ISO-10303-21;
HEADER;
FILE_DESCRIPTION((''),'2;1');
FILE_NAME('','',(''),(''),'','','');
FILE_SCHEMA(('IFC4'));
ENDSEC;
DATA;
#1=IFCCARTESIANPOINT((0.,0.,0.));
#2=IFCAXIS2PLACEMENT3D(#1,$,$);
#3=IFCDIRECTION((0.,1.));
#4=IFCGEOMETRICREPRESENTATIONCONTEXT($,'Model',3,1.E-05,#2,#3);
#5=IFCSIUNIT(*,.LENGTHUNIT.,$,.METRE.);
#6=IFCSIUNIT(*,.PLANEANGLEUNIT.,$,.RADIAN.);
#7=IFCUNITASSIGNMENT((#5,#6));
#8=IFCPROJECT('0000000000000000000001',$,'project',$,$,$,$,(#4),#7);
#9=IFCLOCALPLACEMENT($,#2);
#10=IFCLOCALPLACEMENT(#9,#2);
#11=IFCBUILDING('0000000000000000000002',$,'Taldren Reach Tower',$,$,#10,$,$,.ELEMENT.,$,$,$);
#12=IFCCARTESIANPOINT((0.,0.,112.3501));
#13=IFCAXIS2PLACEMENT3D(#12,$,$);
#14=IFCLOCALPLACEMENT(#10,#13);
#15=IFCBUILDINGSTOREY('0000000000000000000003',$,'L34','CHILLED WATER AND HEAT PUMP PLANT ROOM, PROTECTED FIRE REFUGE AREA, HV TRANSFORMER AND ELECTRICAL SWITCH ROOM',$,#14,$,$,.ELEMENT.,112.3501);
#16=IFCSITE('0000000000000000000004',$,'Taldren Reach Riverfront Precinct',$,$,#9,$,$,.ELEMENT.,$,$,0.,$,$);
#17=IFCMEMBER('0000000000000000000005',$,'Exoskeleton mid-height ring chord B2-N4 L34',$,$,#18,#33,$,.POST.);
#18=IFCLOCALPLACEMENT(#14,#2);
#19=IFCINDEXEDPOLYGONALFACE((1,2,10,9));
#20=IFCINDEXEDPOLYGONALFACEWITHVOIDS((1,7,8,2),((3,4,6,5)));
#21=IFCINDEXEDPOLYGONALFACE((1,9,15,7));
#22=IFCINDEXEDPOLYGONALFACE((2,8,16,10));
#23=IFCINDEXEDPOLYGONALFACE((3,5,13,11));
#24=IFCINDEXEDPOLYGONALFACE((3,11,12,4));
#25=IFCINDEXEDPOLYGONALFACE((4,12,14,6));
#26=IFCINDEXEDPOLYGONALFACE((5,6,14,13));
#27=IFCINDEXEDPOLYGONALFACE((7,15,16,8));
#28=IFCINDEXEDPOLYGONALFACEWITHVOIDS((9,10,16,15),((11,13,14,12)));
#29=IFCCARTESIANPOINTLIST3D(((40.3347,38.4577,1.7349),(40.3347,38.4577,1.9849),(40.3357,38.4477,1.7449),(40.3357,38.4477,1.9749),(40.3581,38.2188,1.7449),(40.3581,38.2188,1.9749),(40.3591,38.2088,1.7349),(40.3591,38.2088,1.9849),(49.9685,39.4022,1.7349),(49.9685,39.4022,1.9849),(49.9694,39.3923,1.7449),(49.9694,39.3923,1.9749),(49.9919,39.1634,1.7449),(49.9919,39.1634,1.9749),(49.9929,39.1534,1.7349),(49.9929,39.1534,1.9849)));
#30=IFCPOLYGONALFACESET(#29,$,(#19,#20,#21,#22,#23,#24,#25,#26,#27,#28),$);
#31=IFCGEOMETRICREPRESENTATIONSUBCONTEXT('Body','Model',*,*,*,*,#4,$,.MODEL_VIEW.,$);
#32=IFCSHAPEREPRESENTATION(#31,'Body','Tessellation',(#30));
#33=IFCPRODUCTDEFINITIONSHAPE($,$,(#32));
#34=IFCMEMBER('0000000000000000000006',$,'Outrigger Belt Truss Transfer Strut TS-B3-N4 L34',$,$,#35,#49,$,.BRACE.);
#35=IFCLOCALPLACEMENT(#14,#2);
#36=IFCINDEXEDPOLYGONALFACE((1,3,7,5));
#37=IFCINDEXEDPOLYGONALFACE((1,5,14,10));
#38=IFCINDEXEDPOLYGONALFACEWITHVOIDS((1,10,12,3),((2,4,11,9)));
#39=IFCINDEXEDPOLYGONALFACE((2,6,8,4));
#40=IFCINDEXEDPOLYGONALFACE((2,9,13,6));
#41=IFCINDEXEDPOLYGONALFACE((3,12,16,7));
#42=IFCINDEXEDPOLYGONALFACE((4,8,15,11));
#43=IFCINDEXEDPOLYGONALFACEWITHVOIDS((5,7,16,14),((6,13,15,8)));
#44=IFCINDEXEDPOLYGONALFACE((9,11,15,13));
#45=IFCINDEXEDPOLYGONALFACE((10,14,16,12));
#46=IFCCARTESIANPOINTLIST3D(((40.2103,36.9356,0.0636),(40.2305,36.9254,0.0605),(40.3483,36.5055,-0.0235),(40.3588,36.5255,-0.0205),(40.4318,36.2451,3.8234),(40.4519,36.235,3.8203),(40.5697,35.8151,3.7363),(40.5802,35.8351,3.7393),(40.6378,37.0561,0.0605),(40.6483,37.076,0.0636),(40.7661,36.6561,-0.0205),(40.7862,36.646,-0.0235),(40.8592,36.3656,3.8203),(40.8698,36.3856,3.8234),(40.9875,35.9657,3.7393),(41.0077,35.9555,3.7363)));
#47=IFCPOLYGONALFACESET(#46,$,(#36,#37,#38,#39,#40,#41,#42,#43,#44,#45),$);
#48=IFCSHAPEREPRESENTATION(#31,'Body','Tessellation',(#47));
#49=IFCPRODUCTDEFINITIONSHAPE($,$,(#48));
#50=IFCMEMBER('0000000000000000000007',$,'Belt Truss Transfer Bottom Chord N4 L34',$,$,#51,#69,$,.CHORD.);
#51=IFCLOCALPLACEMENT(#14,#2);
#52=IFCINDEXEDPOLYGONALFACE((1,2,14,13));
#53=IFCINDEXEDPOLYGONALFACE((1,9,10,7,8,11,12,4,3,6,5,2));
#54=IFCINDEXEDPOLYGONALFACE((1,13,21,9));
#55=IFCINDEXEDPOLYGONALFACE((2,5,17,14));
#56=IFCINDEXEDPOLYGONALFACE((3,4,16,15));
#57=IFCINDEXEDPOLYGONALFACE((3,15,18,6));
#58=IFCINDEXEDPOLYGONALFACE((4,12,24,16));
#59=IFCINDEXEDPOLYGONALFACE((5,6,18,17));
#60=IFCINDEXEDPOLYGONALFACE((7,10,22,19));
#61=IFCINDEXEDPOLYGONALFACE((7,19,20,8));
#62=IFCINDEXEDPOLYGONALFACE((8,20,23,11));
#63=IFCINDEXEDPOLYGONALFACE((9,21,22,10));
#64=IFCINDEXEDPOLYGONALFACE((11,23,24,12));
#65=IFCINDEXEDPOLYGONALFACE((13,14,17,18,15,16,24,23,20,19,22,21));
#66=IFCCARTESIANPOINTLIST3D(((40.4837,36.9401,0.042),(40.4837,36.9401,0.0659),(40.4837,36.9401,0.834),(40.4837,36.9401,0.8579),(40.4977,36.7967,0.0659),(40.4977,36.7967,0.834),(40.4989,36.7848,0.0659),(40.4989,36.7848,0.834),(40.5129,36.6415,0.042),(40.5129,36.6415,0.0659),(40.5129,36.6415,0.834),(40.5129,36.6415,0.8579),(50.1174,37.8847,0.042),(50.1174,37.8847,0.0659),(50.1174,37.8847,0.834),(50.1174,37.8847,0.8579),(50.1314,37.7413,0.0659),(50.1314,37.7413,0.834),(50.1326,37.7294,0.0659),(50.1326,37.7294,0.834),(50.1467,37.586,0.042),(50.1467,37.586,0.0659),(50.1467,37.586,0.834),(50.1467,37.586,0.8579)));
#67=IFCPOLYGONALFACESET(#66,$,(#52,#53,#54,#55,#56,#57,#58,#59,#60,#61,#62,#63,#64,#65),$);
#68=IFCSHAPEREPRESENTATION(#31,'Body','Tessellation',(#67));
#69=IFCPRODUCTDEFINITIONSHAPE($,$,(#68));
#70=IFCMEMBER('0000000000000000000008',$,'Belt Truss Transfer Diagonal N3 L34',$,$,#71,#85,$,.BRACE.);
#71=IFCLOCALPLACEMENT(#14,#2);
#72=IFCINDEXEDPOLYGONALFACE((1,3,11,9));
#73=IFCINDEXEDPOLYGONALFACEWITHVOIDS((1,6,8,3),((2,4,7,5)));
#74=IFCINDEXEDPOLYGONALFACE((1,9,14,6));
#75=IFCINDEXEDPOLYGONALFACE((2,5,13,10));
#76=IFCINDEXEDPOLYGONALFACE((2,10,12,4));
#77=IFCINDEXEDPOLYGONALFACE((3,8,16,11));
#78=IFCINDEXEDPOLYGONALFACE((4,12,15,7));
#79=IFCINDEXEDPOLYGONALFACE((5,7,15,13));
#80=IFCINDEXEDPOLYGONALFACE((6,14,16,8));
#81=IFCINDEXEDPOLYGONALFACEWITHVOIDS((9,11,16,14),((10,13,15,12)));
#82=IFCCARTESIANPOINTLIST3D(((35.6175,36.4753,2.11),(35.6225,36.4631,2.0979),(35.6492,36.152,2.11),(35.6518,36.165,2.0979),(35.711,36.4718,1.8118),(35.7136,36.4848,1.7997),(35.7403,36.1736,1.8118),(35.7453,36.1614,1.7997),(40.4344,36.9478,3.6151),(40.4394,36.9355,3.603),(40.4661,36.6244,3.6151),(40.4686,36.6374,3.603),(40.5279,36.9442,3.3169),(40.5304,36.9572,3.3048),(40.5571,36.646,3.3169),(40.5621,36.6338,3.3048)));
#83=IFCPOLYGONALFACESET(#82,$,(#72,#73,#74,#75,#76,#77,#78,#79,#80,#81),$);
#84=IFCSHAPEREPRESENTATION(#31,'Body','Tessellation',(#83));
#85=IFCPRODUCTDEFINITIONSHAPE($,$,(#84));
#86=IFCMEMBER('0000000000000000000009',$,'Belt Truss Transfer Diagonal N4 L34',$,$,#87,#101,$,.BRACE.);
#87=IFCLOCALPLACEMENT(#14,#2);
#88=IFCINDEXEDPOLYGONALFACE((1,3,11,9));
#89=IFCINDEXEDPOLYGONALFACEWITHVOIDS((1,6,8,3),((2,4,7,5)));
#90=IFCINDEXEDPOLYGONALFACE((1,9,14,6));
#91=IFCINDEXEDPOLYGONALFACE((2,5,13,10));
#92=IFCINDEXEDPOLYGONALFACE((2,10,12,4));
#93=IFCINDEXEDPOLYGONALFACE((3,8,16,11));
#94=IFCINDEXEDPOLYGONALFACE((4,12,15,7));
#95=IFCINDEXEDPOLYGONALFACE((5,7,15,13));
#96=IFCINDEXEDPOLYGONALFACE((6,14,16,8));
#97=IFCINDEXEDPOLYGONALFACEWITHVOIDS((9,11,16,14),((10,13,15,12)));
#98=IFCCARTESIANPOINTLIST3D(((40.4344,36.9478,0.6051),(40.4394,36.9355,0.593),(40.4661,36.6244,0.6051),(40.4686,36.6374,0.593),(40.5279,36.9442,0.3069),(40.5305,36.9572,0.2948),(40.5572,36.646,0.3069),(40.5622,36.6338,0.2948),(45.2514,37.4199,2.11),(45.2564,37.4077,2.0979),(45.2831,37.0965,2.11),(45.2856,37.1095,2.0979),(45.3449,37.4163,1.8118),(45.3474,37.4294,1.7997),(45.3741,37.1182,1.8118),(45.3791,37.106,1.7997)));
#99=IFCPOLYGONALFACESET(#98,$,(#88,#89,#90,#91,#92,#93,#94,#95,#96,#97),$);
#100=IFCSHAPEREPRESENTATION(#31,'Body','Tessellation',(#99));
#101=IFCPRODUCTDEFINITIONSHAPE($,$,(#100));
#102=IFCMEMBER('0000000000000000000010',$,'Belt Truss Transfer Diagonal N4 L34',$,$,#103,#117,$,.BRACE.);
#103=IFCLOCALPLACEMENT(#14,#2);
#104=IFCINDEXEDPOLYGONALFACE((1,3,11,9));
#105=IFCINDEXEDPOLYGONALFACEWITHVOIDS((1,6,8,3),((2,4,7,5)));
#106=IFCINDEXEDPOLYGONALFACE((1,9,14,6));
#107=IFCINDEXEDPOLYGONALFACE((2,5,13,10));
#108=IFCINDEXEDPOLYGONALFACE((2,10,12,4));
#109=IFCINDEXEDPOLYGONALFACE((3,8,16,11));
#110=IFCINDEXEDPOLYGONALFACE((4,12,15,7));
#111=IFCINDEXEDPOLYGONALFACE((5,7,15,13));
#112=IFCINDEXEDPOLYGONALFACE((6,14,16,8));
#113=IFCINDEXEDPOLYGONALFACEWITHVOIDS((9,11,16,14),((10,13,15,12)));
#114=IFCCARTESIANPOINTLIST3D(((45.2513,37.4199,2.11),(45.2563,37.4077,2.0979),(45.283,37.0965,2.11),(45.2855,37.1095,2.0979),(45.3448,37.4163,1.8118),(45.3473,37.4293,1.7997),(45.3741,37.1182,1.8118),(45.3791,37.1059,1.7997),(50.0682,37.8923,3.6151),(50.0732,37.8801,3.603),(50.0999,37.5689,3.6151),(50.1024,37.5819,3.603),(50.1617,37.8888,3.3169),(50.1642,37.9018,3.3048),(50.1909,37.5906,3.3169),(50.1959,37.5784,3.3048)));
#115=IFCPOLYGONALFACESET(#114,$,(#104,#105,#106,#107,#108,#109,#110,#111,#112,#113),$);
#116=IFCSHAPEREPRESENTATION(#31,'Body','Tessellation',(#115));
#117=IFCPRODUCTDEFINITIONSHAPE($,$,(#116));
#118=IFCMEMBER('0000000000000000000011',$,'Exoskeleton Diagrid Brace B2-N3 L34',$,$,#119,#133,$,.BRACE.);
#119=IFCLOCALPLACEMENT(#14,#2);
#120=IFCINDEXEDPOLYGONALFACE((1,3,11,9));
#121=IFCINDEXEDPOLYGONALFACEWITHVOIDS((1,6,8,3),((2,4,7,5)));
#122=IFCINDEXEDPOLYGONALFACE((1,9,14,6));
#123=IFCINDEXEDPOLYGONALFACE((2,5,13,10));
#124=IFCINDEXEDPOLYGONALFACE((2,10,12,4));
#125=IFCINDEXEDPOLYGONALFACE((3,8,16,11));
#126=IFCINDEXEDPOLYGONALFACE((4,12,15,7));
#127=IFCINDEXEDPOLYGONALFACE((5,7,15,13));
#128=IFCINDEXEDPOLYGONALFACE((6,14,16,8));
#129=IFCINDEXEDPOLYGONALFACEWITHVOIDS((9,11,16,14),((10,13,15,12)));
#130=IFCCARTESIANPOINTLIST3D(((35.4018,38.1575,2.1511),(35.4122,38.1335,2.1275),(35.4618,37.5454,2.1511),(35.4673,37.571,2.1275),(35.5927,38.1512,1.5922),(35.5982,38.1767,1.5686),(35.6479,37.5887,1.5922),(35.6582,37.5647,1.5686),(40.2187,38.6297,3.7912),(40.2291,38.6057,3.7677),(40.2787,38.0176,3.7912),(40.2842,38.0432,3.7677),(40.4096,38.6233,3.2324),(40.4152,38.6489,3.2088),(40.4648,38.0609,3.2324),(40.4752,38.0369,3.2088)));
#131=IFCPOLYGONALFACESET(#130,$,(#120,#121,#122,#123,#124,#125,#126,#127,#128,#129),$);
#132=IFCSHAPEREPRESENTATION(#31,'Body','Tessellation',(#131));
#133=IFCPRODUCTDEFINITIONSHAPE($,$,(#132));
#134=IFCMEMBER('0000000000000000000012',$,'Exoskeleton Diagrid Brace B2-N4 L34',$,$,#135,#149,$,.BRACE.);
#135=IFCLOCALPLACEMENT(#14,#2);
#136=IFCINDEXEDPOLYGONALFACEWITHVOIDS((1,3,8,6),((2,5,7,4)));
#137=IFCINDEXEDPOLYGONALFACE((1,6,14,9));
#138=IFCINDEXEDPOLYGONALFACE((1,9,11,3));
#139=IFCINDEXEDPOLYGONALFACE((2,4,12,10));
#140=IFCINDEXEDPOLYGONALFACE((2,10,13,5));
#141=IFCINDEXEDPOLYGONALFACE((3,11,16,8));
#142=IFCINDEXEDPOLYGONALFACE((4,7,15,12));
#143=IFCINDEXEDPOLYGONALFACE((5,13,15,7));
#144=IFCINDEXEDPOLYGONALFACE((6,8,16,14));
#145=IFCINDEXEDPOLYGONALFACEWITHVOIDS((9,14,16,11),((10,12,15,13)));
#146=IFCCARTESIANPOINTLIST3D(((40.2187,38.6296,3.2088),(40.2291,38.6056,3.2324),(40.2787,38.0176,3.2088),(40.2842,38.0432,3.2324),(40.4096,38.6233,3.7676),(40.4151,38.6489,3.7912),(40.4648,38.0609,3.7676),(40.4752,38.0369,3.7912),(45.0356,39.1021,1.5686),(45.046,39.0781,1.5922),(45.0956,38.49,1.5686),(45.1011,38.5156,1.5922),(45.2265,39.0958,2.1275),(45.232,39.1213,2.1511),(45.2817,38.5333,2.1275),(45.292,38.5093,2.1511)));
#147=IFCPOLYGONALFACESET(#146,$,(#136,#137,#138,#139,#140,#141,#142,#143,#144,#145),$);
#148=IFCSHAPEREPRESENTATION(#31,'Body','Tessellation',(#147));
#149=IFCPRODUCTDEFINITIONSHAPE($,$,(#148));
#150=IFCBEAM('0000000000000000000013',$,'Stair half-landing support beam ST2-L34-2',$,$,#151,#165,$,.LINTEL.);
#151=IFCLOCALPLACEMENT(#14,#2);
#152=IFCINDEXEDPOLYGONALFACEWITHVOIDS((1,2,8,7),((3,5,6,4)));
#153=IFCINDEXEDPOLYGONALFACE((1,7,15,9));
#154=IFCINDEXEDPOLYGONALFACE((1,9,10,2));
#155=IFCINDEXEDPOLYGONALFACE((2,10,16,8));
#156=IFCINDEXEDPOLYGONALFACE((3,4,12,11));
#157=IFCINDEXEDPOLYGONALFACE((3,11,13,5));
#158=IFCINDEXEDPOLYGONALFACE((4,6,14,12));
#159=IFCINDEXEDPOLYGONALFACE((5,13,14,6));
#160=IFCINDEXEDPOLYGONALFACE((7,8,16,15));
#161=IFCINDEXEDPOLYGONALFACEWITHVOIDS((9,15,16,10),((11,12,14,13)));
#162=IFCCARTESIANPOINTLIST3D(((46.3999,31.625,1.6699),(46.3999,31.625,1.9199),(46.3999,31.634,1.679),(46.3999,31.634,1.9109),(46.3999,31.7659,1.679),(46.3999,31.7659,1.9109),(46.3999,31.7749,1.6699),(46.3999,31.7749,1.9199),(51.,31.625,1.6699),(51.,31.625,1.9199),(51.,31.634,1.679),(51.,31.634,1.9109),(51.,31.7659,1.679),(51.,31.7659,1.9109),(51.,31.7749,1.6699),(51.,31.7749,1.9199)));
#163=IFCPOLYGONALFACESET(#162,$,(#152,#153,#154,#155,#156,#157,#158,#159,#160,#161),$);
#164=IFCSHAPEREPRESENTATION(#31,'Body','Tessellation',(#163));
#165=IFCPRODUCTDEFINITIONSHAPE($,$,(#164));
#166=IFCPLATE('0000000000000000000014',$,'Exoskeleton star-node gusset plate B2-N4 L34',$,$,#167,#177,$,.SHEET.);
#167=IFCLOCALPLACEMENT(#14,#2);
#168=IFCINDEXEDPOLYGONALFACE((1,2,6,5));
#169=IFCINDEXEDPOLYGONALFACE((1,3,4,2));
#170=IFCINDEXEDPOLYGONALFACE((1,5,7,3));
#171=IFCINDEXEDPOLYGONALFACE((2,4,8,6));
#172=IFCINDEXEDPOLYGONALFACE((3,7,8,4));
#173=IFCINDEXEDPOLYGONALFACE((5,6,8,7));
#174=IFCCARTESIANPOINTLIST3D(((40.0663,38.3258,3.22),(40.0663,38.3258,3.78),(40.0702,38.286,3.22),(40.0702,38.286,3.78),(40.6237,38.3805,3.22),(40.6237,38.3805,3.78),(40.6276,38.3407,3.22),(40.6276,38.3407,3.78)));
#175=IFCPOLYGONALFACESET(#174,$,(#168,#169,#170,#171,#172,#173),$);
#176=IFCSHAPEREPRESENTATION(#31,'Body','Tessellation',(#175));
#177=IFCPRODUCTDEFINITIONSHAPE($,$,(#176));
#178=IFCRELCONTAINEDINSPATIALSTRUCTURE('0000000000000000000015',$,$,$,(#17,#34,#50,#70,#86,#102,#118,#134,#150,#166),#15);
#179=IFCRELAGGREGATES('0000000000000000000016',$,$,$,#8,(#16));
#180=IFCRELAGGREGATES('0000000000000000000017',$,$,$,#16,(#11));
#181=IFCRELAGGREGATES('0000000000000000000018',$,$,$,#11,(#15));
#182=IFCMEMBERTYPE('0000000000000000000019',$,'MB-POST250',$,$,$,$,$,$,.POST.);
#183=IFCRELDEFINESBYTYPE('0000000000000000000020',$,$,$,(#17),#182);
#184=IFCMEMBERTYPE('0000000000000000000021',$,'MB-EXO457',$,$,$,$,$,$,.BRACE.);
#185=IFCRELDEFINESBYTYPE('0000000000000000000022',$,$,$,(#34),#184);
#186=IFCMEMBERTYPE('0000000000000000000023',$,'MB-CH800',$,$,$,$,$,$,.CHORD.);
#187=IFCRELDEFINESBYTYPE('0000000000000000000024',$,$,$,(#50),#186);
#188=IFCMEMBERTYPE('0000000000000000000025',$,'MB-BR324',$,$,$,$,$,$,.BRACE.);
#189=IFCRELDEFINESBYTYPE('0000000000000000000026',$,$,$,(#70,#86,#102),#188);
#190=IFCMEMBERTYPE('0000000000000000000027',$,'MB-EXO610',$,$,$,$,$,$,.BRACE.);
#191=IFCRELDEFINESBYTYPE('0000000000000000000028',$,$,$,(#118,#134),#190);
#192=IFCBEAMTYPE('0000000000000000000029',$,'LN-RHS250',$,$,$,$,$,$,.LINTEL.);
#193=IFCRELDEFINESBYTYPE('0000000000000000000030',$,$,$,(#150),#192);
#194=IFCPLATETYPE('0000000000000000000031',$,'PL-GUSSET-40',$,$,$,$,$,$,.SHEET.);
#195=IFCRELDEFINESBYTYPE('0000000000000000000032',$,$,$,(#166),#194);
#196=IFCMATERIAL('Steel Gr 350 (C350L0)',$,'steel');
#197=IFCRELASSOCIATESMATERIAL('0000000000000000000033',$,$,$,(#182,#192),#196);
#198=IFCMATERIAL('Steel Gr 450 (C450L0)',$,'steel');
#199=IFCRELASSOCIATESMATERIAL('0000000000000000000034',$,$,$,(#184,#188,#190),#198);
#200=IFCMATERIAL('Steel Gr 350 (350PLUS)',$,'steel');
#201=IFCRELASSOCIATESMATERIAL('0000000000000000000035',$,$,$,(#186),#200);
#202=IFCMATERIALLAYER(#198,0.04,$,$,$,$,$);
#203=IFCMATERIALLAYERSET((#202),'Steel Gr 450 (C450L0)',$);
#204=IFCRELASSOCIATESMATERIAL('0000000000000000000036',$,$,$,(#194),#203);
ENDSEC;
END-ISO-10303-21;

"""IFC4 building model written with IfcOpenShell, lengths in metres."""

from ifc_helpers import new_model, si_unit, direction, frame, origin, origin_2d, place, context, subcontext, project, spatial, rectangle, hollow_rectangle, i_section, extrude, source, transform, mapped, material, layer, layer_set, material_profile, profile_set, type_object, element, save


model = new_model("IFC4")

# Units and contexts
model_context = context("Model", 3, precision=1e-05, world=origin(), true_north=direction((0.0, 1.0)))
body_context = subcontext(model_context, "Body", "Model", "MODEL_VIEW")
ifc_project = project(units=[si_unit("LENGTHUNIT", "METRE"), si_unit("PLANEANGLEUNIT", "RADIAN")], contexts=[model_context])

# Site, building, storey
site_placement = place(None, origin())
site = spatial("IfcSite", under=ifc_project, at=site_placement, Name="Taldren Reach Riverfront Precinct", CompositionType="ELEMENT", RefElevation=0.0)
building_placement = place(site_placement, origin())
building = spatial("IfcBuilding", under=site, at=building_placement, Name="Taldren Reach Tower", CompositionType="ELEMENT")
storey_placement = place(building_placement, frame((0.0, 0.0, 112.3501)))
storey = spatial("IfcBuildingStorey", under=building, at=storey_placement, Name="L34", Description="CHILLED WATER AND HEAT PUMP PLANT ROOM, PROTECTED FIRE REFUGE AREA, HV TRANSFORMER AND ELECTRICAL SWITCH ROOM", CompositionType="ELEMENT", Elevation=112.3501)

# Shared definitions
ifc_material_1 = material(Name="Steel Gr 350 (350PLUS)", Category="steel")

# Shared definitions
ifc_material_2 = material(Name="Steel Gr 450 (C450L0)", Category="steel")
ifc_material_3 = material(Name="Steel Gr 350 (C350L0)", Category="steel")
ifc_material_profile_1 = material_profile(ifc_material_3, hollow_rectangle(XDim=0.25, YDim=0.25, WallThickness=0.01, at=origin_2d()), Name="250x250x10.0SHS")
ifc_profile_set_1 = profile_set([ifc_material_profile_1], Name="Steel Gr 350 (C350L0)")
member_type_1 = type_object("IfcMemberType", Name="MB-POST250", PredefinedType="POST", material=ifc_profile_set_1)

# Members
shared_shape_1 = source(origin(), body_context, "Body", "SweptSolid", [
    extrude(hollow_rectangle(XDim=0.25, YDim=0.25, WallThickness=0.01, at=origin_2d()), origin(), (0.0, 0.0, 1.0), 9.6799),
])
for number, where, z_axis, x_axis, name in (
    (1, (40.3469, 38.3333, 1.8599), (0.995228, 0.097581, 0.0), (-0.097581, 0.995228, 0.0), "Exoskeleton mid-height ring chord B2-N4 L34"),
):
    element("IfcMember", number, at=place(storey_placement, frame(where, z_axis=z_axis, x_axis=x_axis)), inside=storey, type_object=member_type_1, Name=name, PredefinedType="POST", context=body_context, shape_type="MappedRepresentation", body=[
        mapped(shared_shape_1, transform((0.0, 0.0, 0.0), scale=1.0)),
    ])
ifc_material_profile_2 = material_profile(ifc_material_2, hollow_rectangle(XDim=0.46, YDim=0.46, WallThickness=0.0161, at=origin_2d()), Name="460x460x16.0SHS")
ifc_profile_set_2 = profile_set([ifc_material_profile_2], Name="Steel Gr 450 (C450L0)")
member_type_2 = type_object("IfcMemberType", Name="MB-EXO457", PredefinedType="BRACE", material=ifc_profile_set_2)
shared_shape_2 = source(origin(), body_context, "Body", "SweptSolid", [
    extrude(hollow_rectangle(XDim=0.46, YDim=0.46, WallThickness=0.0161, at=origin_2d()), origin(), (0.0, 0.0, 1.0), 3.8291),
])
member_1_placement = place(storey_placement, frame((40.4983, 36.7908, 0.02), z_axis=(0.057831, -0.180314, 0.981908), x_axis=(0.952225, 0.305399, 0.0)))
element("IfcMember", 2, at=member_1_placement, inside=storey, type_object=member_type_2, Name="Outrigger Belt Truss Transfer Strut TS-B3-N4 L34", PredefinedType="BRACE", context=body_context, shape_type="MappedRepresentation", body=[
    mapped(shared_shape_2, transform((0.0, 0.0, 0.0), scale=1.0)),
])
ifc_material_profile_3 = material_profile(ifc_material_1, i_section(OverallWidth=0.3, OverallDepth=0.8159, WebThickness=0.012, FlangeThickness=0.0239, at=origin_2d()), Name="800WB192")
ifc_profile_set_3 = profile_set([ifc_material_profile_3], Name="Steel Gr 350 (350PLUS)")
member_type_3 = type_object("IfcMemberType", Name="MB-CH800", PredefinedType="CHORD", material=ifc_profile_set_3)
shared_shape_3 = source(origin(), body_context, "Body", "SweptSolid", [
    extrude(i_section(OverallWidth=0.3, OverallDepth=0.8159, WebThickness=0.012, FlangeThickness=0.0239, at=origin_2d()), origin(), (0.0, 0.0, 1.0), 9.6799),
])
member_2_placement = place(storey_placement, frame((40.4983, 36.7908, 0.45), z_axis=(0.995228, 0.097581, 0.0), x_axis=(-0.097581, 0.995228, 0.0)))
element("IfcMember", 3, at=member_2_placement, inside=storey, type_object=member_type_3, Name="Belt Truss Transfer Bottom Chord N4 L34", PredefinedType="CHORD", context=body_context, shape_type="MappedRepresentation", body=[
    mapped(shared_shape_3, transform((0.0, 0.0, 0.0), scale=1.0)),
])
ifc_material_profile_4 = material_profile(ifc_material_2, hollow_rectangle(XDim=0.325, YDim=0.325, WallThickness=0.0127, at=origin_2d()), Name="325x325x12.7SHS")
ifc_profile_set_4 = profile_set([ifc_material_profile_4], Name="Steel Gr 450 (C450L0)")
member_type_4 = type_object("IfcMemberType", Name="MB-BR324", PredefinedType="BRACE", material=ifc_profile_set_4)
shared_shape_4 = source(origin(), body_context, "Body", "SweptSolid", [
    extrude(hollow_rectangle(XDim=0.325, YDim=0.325, WallThickness=0.0127, at=origin_2d()), origin(), (0.0, 0.0, 1.0), 5.0686),
])
for number, where, z_axis, x_axis, name in (
    (4, (35.6814, 36.3184, 1.9548), (0.950334, 0.093203, 0.296949), (-0.097606, 0.995225, 0.0), "Belt Truss Transfer Diagonal N3 L34"),
    (5, (40.4983, 36.7908, 0.45), (0.950352, 0.093157, 0.296907), (-0.097556, 0.99523, 0.0), "Belt Truss Transfer Diagonal N4 L34"),
    (6, (45.3152, 37.2629, 1.9548), (0.950334, 0.093203, 0.296949), (-0.097606, 0.995225, 0.0), "Belt Truss Transfer Diagonal N4 L34"),
):
    element("IfcMember", number, at=place(storey_placement, frame(where, z_axis=z_axis, x_axis=x_axis)), inside=storey, type_object=member_type_4, Name=name, PredefinedType="BRACE", context=body_context, shape_type="MappedRepresentation", body=[
        mapped(shared_shape_4, transform((0.0, 0.0, 0.0), scale=1.0)),
    ])
ifc_material_profile_5 = material_profile(ifc_material_2, hollow_rectangle(XDim=0.615, YDim=0.615, WallThickness=0.0249, at=origin_2d()), Name="615x615x25.0SHS")
ifc_profile_set_5 = profile_set([ifc_material_profile_5], Name="Steel Gr 450 (C450L0)")
member_type_5 = type_object("IfcMemberType", Name="MB-EXO610", PredefinedType="BRACE", material=ifc_profile_set_5)
shared_shape_5 = source(origin(), body_context, "Body", "SweptSolid", [
    extrude(hollow_rectangle(XDim=0.615, YDim=0.615, WallThickness=0.0249, at=origin_2d()), origin(), (0.0, 0.0, 1.0), 5.1104),
])
for number, where, z_axis, x_axis, name in (
    (7, (35.53, 37.8611, 1.8599), (0.94258, 0.092395, 0.320945), (-0.097556, 0.99523, 0.0), "Exoskeleton Diagrid Brace B2-N3 L34"),
    (8, (45.1638, 38.8057, 1.8599), (-0.942576, -0.092442, 0.320944), (0.097606, -0.995225, 0.0), "Exoskeleton Diagrid Brace B2-N4 L34"),
):
    element("IfcMember", number, at=place(storey_placement, frame(where, z_axis=z_axis, x_axis=x_axis)), inside=storey, type_object=member_type_5, Name=name, PredefinedType="BRACE", context=body_context, shape_type="MappedRepresentation", body=[
        mapped(shared_shape_5, transform((0.0, 0.0, 0.0), scale=1.0)),
    ])

# Beam
ifc_material_profile_6 = material_profile(ifc_material_3, hollow_rectangle(XDim=0.1499, YDim=0.25, WallThickness=0.009, at=origin_2d()), Name="250x150x9.0RHS")
ifc_profile_set_6 = profile_set([ifc_material_profile_6], Name="Steel Gr 350 (C350L0)")
beam_type_1 = type_object("IfcBeamType", Name="LN-RHS250", PredefinedType="LINTEL", material=ifc_profile_set_6)
shared_shape_6 = source(origin(), body_context, "Body", "SweptSolid", [
    extrude(hollow_rectangle(XDim=0.1499, YDim=0.25, WallThickness=0.009, at=origin_2d()), origin(), (0.0, 0.0, 1.0), 4.6001),
])
beam_1_placement = place(storey_placement, frame((46.3999, 31.7, 1.7949), z_axis=(1.0, 0.0, 0.0), x_axis=(0.0, 1.0, 0.0)))
element("IfcBeam", 9, at=beam_1_placement, inside=storey, type_object=beam_type_1, Name="Stair half-landing support beam ST2-L34-2", PredefinedType="LINTEL", context=body_context, shape_type="MappedRepresentation", body=[
    mapped(shared_shape_6, transform((0.0, 0.0, 0.0), scale=1.0)),
])

# Plate
ifc_layer_1 = layer(ifc_material_2, 0.04)
ifc_layer_set_1 = layer_set([ifc_layer_1], Name="Steel Gr 450 (C450L0)")
plate_type_1 = type_object("IfcPlateType", Name="PL-GUSSET-40", PredefinedType="SHEET", material=ifc_layer_set_1)
shared_shape_7 = source(origin(), body_context, "Body", "SweptSolid", [
    extrude(rectangle(XDim=0.5601, YDim=0.04, at=origin_2d()), origin(), (0.0, 0.0, 1.0), 0.5601),
])
plate_1_placement = place(storey_placement, frame((40.3469, 38.3333, 3.22), z_axis=(0.0, 0.0, 1.0), x_axis=(0.995227, 0.097583, 0.0)))
element("IfcPlate", 10, at=plate_1_placement, inside=storey, type_object=plate_type_1, Name="Exoskeleton star-node gusset plate B2-N4 L34", PredefinedType="SHEET", context=body_context, shape_type="MappedRepresentation", body=[
    mapped(shared_shape_7, transform((0.0, 0.0, 0.0), scale=1.0)),
])

save(model, "model.ifc")
